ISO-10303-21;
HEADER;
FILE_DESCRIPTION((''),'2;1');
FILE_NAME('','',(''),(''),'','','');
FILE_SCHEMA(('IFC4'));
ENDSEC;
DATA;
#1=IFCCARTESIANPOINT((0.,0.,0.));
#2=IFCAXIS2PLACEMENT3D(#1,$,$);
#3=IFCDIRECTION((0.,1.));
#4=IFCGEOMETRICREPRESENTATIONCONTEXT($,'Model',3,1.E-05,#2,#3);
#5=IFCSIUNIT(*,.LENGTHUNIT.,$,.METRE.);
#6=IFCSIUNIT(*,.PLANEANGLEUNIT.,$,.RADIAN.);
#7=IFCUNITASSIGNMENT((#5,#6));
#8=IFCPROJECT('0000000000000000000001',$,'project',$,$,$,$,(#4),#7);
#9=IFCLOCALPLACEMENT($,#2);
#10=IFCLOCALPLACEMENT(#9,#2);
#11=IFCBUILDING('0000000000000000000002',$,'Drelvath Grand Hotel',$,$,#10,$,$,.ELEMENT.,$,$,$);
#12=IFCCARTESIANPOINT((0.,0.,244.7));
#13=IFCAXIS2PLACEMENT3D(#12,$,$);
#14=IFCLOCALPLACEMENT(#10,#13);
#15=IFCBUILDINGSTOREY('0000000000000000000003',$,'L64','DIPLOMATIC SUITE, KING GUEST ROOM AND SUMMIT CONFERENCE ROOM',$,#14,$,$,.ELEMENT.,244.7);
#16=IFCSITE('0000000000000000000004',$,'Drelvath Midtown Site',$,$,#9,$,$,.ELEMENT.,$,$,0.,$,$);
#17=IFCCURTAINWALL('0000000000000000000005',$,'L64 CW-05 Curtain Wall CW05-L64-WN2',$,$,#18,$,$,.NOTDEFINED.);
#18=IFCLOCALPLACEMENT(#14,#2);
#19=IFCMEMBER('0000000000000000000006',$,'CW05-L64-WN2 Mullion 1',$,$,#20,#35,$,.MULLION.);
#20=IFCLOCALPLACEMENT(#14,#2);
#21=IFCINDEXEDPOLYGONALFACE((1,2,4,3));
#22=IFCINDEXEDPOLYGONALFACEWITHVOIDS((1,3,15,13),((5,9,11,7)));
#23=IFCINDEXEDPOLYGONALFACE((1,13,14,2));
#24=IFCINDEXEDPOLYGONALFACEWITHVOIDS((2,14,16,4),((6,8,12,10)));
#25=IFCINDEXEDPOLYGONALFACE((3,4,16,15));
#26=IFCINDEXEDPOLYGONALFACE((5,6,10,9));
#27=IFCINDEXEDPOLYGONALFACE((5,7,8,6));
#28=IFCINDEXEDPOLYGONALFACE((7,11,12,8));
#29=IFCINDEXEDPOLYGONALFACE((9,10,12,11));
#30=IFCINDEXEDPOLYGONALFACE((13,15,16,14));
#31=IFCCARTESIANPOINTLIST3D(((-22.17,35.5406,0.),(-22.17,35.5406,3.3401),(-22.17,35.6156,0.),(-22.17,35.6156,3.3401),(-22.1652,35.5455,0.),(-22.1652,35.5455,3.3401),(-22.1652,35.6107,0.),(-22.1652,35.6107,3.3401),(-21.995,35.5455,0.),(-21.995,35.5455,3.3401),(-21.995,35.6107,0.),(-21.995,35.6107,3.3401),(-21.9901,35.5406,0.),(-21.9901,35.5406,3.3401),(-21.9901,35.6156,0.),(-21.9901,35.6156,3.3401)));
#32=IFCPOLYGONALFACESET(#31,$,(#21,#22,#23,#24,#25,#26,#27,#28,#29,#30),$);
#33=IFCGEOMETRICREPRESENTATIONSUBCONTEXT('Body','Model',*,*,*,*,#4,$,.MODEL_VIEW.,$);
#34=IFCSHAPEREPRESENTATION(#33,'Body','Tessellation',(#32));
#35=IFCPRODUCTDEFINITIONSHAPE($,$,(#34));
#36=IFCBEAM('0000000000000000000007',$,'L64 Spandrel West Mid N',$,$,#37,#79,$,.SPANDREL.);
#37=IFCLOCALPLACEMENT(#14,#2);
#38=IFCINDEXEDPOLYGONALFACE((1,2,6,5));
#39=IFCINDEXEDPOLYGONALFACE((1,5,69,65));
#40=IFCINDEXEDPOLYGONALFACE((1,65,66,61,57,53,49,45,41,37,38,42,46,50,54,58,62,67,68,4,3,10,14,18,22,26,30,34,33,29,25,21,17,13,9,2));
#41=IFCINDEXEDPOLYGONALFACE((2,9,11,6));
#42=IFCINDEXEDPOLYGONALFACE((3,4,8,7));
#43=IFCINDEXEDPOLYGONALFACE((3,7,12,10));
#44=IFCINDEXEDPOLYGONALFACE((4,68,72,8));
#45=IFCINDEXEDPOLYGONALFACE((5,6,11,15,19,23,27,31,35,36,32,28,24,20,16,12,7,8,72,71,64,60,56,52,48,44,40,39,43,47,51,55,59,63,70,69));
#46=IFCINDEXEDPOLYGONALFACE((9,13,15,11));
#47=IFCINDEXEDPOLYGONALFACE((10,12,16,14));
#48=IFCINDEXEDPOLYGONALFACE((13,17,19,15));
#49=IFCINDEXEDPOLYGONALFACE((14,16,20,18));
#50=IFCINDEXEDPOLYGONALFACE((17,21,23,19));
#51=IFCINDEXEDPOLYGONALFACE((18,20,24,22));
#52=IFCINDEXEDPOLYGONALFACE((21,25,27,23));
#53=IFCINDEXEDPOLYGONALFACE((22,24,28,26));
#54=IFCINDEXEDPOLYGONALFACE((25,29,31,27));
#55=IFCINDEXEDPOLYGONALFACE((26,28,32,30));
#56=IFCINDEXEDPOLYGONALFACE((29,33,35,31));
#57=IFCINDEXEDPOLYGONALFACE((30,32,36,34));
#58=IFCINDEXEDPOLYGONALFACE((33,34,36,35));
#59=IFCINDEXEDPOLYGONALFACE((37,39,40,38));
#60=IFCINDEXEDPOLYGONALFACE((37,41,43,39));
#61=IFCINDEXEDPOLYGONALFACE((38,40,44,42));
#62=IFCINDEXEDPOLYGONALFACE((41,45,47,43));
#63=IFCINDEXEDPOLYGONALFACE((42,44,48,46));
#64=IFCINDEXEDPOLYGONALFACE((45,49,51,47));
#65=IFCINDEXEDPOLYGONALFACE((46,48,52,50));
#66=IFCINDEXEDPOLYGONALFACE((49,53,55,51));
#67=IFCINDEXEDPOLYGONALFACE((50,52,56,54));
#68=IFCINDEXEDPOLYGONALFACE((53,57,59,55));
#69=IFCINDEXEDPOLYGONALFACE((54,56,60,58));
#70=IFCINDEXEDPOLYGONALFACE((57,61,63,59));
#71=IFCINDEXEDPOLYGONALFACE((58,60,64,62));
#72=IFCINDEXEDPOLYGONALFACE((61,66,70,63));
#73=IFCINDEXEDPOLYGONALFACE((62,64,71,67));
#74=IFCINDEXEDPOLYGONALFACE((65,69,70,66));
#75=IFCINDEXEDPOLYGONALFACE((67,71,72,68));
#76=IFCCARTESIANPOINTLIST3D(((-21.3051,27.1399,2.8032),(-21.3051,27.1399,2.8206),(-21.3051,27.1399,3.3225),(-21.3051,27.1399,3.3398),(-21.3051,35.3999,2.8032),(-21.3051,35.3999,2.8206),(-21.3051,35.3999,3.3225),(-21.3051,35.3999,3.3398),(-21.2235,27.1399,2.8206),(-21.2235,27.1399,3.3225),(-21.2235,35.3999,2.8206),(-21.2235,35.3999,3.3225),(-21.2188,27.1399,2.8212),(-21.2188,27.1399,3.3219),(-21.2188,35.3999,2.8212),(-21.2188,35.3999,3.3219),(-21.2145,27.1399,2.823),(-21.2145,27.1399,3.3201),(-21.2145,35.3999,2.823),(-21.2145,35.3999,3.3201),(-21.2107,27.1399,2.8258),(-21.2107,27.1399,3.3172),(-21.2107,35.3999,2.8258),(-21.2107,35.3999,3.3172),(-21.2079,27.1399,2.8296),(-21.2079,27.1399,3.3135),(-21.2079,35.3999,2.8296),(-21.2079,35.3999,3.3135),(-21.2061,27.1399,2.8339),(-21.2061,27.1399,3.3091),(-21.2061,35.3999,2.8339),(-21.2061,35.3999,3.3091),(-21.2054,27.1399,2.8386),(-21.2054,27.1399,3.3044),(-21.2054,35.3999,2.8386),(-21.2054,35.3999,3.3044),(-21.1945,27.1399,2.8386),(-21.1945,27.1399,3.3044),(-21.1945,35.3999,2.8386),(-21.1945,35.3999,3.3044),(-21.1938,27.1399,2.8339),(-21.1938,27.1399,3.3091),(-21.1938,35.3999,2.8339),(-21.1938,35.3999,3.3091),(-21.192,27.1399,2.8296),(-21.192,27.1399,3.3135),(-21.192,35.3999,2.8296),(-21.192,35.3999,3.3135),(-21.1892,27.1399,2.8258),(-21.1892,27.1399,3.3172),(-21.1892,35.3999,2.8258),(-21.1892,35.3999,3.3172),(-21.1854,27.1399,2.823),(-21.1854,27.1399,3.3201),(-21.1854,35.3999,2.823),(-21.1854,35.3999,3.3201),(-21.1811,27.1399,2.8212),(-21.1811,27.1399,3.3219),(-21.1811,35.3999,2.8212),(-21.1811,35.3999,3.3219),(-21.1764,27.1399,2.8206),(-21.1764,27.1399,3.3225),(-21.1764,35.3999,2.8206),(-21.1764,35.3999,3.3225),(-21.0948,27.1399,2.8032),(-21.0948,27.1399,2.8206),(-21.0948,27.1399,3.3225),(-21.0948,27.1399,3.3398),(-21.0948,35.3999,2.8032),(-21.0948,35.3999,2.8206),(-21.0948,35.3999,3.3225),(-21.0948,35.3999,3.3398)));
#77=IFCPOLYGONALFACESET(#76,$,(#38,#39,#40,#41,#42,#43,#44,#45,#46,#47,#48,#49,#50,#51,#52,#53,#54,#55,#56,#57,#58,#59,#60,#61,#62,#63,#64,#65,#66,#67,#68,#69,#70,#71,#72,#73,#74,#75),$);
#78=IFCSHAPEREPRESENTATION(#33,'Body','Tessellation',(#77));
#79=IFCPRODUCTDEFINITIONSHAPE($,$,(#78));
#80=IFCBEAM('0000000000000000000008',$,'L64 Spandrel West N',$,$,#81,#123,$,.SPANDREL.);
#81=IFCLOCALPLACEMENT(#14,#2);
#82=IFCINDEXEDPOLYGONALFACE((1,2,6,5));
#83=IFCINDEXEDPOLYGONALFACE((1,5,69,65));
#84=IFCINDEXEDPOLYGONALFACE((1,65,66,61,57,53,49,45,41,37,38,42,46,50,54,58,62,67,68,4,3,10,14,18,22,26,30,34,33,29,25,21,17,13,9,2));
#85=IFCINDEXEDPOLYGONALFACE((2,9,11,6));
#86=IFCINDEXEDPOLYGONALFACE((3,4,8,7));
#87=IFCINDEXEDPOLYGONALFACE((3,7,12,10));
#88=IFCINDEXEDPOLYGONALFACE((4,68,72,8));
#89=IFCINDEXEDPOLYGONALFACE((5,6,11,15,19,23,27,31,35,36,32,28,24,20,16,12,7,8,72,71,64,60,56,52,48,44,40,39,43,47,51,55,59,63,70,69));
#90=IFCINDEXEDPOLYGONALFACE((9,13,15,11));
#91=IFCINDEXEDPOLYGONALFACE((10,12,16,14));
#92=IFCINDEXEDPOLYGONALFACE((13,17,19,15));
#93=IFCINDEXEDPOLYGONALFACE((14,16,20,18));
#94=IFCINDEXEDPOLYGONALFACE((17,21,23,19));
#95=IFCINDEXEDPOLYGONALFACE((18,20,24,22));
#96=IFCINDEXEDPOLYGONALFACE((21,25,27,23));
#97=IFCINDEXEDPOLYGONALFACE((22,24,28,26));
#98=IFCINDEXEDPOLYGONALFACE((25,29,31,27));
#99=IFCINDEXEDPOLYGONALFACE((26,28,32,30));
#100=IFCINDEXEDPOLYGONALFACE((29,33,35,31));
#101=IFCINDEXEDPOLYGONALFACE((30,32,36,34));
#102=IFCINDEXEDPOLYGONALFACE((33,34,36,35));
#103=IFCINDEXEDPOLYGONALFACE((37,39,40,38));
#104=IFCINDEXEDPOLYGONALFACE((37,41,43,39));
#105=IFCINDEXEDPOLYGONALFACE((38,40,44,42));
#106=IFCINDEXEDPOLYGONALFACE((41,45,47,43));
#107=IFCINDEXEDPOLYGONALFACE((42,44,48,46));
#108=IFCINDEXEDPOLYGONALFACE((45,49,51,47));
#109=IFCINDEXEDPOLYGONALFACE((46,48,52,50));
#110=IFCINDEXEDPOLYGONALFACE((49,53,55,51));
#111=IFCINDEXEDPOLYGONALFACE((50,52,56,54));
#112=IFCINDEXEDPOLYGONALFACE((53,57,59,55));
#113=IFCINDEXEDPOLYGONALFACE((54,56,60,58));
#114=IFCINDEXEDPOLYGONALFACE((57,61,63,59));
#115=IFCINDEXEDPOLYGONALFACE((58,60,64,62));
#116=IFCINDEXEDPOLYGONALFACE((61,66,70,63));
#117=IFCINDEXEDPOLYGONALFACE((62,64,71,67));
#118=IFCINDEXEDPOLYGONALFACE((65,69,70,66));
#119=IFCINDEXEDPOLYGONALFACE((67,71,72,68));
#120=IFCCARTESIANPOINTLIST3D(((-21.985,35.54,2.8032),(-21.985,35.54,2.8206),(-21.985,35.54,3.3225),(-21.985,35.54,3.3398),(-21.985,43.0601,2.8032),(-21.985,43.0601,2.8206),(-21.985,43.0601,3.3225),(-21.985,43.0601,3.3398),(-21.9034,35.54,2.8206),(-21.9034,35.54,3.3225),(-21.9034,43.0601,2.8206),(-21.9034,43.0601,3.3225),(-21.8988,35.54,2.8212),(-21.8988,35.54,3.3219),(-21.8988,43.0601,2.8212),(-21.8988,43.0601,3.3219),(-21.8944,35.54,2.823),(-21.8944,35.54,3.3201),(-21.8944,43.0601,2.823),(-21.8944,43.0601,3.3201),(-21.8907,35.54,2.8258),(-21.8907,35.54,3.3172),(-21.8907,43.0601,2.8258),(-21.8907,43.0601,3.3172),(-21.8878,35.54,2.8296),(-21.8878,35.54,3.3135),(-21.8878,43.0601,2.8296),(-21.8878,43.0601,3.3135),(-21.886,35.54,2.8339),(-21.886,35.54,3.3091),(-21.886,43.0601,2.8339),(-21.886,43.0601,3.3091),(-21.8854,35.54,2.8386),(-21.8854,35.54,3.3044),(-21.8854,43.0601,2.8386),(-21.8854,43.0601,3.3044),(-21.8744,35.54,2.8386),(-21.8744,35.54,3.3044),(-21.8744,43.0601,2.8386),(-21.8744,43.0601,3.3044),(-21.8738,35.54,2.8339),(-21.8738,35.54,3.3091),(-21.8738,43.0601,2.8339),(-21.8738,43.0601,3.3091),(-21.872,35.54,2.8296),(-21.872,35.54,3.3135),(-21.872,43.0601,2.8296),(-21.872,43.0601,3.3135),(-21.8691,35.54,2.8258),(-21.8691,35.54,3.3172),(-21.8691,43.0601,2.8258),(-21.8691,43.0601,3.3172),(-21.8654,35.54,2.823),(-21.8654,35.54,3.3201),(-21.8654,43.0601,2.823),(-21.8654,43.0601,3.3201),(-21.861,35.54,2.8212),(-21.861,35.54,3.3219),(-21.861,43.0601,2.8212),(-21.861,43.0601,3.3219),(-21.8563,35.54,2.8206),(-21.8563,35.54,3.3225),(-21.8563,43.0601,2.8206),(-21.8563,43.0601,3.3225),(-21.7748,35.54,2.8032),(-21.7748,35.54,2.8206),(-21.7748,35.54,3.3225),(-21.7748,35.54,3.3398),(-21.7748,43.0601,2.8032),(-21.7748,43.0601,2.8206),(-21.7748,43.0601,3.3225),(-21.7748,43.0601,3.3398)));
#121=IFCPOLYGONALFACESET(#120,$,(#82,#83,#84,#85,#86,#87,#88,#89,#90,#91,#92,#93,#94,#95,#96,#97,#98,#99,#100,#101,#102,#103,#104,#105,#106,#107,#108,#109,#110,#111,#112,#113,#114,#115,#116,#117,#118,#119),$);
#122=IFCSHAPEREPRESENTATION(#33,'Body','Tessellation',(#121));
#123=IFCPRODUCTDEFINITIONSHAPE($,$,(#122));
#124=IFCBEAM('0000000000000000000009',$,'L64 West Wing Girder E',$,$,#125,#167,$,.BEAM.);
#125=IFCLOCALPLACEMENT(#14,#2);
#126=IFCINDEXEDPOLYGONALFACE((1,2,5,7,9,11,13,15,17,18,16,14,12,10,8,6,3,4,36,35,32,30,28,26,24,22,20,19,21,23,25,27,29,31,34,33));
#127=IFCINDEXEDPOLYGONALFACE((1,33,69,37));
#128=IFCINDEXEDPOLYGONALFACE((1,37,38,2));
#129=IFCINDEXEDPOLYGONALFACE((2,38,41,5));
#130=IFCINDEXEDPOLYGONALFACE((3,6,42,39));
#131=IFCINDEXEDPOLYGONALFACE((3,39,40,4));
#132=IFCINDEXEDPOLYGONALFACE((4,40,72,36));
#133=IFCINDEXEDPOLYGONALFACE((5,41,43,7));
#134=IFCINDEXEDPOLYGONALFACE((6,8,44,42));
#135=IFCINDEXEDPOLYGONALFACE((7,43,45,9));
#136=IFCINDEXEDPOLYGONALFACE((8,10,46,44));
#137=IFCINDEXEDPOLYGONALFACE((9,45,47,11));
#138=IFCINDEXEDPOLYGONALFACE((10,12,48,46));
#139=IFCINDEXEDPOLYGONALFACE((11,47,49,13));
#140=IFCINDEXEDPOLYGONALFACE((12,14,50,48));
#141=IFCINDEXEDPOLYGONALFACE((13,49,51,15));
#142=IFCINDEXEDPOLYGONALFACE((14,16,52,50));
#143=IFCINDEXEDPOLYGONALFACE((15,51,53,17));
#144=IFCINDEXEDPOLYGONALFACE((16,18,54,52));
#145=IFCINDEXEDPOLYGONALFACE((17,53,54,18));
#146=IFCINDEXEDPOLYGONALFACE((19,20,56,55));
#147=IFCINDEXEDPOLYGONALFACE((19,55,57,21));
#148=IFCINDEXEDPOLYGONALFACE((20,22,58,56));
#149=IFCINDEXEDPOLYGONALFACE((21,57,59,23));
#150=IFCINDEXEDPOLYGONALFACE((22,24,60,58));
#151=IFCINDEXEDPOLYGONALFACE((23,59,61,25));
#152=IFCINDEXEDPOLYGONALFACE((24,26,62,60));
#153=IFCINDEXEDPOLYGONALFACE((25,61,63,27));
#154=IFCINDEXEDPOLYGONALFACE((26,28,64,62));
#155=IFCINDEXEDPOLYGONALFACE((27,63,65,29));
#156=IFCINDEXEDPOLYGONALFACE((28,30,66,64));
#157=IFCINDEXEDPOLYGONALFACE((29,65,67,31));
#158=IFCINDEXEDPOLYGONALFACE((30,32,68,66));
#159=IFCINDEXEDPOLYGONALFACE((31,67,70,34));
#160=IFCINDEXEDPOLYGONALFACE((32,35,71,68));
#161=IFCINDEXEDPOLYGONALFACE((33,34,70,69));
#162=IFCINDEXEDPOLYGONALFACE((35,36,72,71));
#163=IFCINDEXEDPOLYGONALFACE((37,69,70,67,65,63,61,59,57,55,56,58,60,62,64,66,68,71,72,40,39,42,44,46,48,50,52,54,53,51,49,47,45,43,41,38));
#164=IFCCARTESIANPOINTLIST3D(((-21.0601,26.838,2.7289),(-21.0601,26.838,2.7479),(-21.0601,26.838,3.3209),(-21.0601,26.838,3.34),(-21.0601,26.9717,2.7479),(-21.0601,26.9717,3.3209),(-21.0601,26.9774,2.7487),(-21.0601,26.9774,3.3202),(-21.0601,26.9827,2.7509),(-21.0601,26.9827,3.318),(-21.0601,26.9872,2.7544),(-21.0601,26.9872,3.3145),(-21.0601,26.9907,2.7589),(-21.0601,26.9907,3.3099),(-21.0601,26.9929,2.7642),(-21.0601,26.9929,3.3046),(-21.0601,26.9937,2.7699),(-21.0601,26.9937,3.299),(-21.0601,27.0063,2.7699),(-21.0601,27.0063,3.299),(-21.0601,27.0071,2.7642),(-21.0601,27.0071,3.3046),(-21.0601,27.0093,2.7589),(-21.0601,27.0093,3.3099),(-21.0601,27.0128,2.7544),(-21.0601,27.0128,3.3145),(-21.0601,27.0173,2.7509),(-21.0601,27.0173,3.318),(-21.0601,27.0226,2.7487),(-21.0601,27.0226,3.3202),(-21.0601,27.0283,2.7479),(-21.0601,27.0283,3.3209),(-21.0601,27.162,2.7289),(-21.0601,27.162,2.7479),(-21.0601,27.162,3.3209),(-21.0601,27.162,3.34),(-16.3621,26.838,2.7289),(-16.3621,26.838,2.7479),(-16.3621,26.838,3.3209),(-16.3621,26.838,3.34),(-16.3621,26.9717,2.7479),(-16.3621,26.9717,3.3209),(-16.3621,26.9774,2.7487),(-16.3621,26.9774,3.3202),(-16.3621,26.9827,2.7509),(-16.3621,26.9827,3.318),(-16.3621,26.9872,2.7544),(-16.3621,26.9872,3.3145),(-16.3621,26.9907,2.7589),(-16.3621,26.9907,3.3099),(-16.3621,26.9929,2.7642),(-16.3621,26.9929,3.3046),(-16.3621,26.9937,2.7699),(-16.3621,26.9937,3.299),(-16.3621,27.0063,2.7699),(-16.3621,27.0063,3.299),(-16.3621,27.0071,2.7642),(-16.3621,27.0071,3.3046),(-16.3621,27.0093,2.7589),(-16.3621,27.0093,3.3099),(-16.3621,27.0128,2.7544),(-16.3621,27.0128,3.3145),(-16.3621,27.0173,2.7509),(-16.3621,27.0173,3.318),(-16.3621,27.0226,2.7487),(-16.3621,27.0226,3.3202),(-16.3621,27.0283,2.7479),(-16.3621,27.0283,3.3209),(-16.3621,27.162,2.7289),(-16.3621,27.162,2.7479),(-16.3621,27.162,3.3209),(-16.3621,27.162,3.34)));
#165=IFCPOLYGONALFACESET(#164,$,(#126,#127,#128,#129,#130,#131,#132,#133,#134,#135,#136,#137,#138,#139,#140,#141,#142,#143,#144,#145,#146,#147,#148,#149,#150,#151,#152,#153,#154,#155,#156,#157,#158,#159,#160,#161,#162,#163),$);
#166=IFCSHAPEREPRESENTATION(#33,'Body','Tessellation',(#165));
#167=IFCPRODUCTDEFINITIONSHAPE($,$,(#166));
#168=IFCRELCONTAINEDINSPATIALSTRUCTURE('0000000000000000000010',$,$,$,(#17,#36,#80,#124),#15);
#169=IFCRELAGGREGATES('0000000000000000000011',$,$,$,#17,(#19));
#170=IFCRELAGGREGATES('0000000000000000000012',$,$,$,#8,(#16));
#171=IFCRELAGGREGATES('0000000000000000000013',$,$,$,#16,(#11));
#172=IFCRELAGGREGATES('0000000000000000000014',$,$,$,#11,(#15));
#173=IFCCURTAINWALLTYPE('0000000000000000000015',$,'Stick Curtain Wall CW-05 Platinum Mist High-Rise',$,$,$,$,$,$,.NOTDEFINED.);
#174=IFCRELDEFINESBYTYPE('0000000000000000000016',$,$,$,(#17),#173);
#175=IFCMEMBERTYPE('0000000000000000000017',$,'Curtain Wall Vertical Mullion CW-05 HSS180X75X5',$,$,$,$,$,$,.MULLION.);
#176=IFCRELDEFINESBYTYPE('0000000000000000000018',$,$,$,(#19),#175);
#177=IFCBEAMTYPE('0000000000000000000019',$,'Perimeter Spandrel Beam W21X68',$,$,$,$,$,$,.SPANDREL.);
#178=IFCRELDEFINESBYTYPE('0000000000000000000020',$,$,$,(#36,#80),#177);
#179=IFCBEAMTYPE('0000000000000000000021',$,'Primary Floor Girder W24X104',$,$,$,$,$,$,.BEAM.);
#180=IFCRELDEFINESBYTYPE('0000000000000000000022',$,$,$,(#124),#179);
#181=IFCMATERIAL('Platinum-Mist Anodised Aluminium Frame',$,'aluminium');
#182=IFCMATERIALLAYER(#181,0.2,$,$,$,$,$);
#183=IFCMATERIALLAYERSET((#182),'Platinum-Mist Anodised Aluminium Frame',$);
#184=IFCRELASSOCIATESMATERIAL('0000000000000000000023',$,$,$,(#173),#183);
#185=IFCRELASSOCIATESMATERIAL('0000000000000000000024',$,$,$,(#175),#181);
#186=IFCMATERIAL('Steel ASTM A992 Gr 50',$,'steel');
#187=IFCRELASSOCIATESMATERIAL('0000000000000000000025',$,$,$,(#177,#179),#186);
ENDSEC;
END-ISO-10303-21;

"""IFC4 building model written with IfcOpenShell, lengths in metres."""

from ifc_helpers import new_model, si_unit, direction, frame, origin, origin_2d, place, context, subcontext, project, spatial, hollow_rectangle, i_section, extrude, material, layer, layer_set, material_profile, profile_set, type_object, element, aggregate, save


model = new_model("IFC4")

# Units and contexts
model_context = context("Model", 3, precision=1e-05, world=origin(), true_north=direction((0.0, 1.0)))
body_context = subcontext(model_context, "Body", "Model", "MODEL_VIEW")
ifc_project = project(units=[si_unit("LENGTHUNIT", "METRE"), si_unit("PLANEANGLEUNIT", "RADIAN")], contexts=[model_context])

# Site, building, storey
site_placement = place(None, origin())
site = spatial("IfcSite", under=ifc_project, at=site_placement, Name="Drelvath Midtown Site", CompositionType="ELEMENT", RefElevation=0.0)
building_placement = place(site_placement, origin())
building = spatial("IfcBuilding", under=site, at=building_placement, Name="Drelvath Grand Hotel", CompositionType="ELEMENT")
storey_placement = place(building_placement, frame((0.0, 0.0, 244.7)))
storey = spatial("IfcBuildingStorey", under=building, at=storey_placement, Name="L64", Description="DIPLOMATIC SUITE, KING GUEST ROOM AND SUMMIT CONFERENCE ROOM", CompositionType="ELEMENT", Elevation=244.7)

# Curtain wall
ifc_material_1 = material(Name="Platinum-Mist Anodised Aluminium Frame", Category="aluminium")
ifc_layer_1 = layer(ifc_material_1, 0.2)
ifc_layer_set_1 = layer_set([ifc_layer_1], Name="Platinum-Mist Anodised Aluminium Frame")
curtain_wall_type = type_object("IfcCurtainWallType", Name="Stick Curtain Wall CW-05 Platinum Mist High-Rise", PredefinedType="NOTDEFINED", material=ifc_layer_set_1)
curtain_wall_1_placement = place(storey_placement, origin())
curtain_wall_1 = element("IfcCurtainWall", 1, at=curtain_wall_1_placement, inside=storey, type_object=curtain_wall_type, Name="L64 CW-05 Curtain Wall CW05-L64-WN2", PredefinedType="NOTDEFINED")

# Member
ifc_material_profile_1 = material_profile(ifc_material_1, hollow_rectangle(XDim=0.075, YDim=0.1799, WallThickness=0.0049, at=origin_2d()), Name="HSS180X75X5")
ifc_profile_set_1 = profile_set([ifc_material_profile_1], Name="Platinum-Mist Anodised Aluminium Frame")
member_type_1 = type_object("IfcMemberType", Name="Curtain Wall Vertical Mullion CW-05 HSS180X75X5", PredefinedType="MULLION", material=ifc_profile_set_1)
member_1_placement = place(storey_placement, frame((-22.0801, 35.5781, 0.0), z_axis=(0.0, 0.0, 1.0), x_axis=(0.0, 1.0, 0.0)))
member_1 = element("IfcMember", 2, at=member_1_placement, type_object=member_type_1, Name="CW05-L64-WN2 Mullion 1", PredefinedType="MULLION", context=body_context, shape_type="SweptSolid", body=[
    extrude(hollow_rectangle(XDim=0.075, YDim=0.1799, WallThickness=0.0049, at=origin_2d()), origin(), (0.0, 0.0, 1.0), 3.3401),
])

# Beams
ifc_material_2 = material(Name="Steel ASTM A992 Gr 50", Category="steel")
ifc_material_profile_2 = material_profile(ifc_material_2, i_section(OverallWidth=0.2102, OverallDepth=0.5366, WebThickness=0.011, FlangeThickness=0.0173, FilletRadius=0.0181, at=origin_2d()), Name="W21X68")
ifc_profile_set_2 = profile_set([ifc_material_profile_2], Name="Steel ASTM A992 Gr 50")
beam_type_1 = type_object("IfcBeamType", Name="Perimeter Spandrel Beam W21X68", PredefinedType="SPANDREL", material=ifc_profile_set_2)
beam_1_placement = place(storey_placement, frame((-21.2, 27.1399, 3.0715), z_axis=(0.0, 1.0, 0.0), x_axis=(-1.0, 0.0, 0.0)))
element("IfcBeam", 3, at=beam_1_placement, inside=storey, type_object=beam_type_1, Name="L64 Spandrel West Mid N", PredefinedType="SPANDREL", context=body_context, shape_type="SweptSolid", body=[
    extrude(i_section(OverallWidth=0.2102, OverallDepth=0.5366, WebThickness=0.011, FlangeThickness=0.0173, FilletRadius=0.0181, at=origin_2d()), origin(), (0.0, 0.0, 1.0), 8.26),
])
beam_2_placement = place(storey_placement, frame((-21.8799, 35.54, 3.0715), z_axis=(0.0, 1.0, 0.0), x_axis=(-1.0, 0.0, 0.0)))
element("IfcBeam", 4, at=beam_2_placement, inside=storey, type_object=beam_type_1, Name="L64 Spandrel West N", PredefinedType="SPANDREL", context=body_context, shape_type="SweptSolid", body=[
    extrude(i_section(OverallWidth=0.2102, OverallDepth=0.5366, WebThickness=0.011, FlangeThickness=0.0173, FilletRadius=0.0181, at=origin_2d()), origin(), (0.0, 0.0, 1.0), 7.52),
])
ifc_material_profile_3 = material_profile(ifc_material_2, i_section(OverallWidth=0.324, OverallDepth=0.6111, WebThickness=0.0127, FlangeThickness=0.019, FilletRadius=0.022, at=origin_2d()), Name="W24X104")
ifc_profile_set_3 = profile_set([ifc_material_profile_3], Name="Steel ASTM A992 Gr 50")
beam_type_2 = type_object("IfcBeamType", Name="Primary Floor Girder W24X104", PredefinedType="BEAM", material=ifc_profile_set_3)
beam_3_placement = place(storey_placement, frame((-21.0601, 27.0, 3.0344), z_axis=(1.0, 0.0, 0.0), x_axis=(0.0, 1.0, 0.0)))
element("IfcBeam", 5, at=beam_3_placement, inside=storey, type_object=beam_type_2, Name="L64 West Wing Girder E", PredefinedType="BEAM", context=body_context, shape_type="SweptSolid", body=[
    extrude(i_section(OverallWidth=0.324, OverallDepth=0.6111, WebThickness=0.0127, FlangeThickness=0.019, FilletRadius=0.022, at=origin_2d()), origin(), (0.0, 0.0, 1.0), 4.698),
])

aggregate(curtain_wall_1, [member_1])

save(model, "model.ifc")
